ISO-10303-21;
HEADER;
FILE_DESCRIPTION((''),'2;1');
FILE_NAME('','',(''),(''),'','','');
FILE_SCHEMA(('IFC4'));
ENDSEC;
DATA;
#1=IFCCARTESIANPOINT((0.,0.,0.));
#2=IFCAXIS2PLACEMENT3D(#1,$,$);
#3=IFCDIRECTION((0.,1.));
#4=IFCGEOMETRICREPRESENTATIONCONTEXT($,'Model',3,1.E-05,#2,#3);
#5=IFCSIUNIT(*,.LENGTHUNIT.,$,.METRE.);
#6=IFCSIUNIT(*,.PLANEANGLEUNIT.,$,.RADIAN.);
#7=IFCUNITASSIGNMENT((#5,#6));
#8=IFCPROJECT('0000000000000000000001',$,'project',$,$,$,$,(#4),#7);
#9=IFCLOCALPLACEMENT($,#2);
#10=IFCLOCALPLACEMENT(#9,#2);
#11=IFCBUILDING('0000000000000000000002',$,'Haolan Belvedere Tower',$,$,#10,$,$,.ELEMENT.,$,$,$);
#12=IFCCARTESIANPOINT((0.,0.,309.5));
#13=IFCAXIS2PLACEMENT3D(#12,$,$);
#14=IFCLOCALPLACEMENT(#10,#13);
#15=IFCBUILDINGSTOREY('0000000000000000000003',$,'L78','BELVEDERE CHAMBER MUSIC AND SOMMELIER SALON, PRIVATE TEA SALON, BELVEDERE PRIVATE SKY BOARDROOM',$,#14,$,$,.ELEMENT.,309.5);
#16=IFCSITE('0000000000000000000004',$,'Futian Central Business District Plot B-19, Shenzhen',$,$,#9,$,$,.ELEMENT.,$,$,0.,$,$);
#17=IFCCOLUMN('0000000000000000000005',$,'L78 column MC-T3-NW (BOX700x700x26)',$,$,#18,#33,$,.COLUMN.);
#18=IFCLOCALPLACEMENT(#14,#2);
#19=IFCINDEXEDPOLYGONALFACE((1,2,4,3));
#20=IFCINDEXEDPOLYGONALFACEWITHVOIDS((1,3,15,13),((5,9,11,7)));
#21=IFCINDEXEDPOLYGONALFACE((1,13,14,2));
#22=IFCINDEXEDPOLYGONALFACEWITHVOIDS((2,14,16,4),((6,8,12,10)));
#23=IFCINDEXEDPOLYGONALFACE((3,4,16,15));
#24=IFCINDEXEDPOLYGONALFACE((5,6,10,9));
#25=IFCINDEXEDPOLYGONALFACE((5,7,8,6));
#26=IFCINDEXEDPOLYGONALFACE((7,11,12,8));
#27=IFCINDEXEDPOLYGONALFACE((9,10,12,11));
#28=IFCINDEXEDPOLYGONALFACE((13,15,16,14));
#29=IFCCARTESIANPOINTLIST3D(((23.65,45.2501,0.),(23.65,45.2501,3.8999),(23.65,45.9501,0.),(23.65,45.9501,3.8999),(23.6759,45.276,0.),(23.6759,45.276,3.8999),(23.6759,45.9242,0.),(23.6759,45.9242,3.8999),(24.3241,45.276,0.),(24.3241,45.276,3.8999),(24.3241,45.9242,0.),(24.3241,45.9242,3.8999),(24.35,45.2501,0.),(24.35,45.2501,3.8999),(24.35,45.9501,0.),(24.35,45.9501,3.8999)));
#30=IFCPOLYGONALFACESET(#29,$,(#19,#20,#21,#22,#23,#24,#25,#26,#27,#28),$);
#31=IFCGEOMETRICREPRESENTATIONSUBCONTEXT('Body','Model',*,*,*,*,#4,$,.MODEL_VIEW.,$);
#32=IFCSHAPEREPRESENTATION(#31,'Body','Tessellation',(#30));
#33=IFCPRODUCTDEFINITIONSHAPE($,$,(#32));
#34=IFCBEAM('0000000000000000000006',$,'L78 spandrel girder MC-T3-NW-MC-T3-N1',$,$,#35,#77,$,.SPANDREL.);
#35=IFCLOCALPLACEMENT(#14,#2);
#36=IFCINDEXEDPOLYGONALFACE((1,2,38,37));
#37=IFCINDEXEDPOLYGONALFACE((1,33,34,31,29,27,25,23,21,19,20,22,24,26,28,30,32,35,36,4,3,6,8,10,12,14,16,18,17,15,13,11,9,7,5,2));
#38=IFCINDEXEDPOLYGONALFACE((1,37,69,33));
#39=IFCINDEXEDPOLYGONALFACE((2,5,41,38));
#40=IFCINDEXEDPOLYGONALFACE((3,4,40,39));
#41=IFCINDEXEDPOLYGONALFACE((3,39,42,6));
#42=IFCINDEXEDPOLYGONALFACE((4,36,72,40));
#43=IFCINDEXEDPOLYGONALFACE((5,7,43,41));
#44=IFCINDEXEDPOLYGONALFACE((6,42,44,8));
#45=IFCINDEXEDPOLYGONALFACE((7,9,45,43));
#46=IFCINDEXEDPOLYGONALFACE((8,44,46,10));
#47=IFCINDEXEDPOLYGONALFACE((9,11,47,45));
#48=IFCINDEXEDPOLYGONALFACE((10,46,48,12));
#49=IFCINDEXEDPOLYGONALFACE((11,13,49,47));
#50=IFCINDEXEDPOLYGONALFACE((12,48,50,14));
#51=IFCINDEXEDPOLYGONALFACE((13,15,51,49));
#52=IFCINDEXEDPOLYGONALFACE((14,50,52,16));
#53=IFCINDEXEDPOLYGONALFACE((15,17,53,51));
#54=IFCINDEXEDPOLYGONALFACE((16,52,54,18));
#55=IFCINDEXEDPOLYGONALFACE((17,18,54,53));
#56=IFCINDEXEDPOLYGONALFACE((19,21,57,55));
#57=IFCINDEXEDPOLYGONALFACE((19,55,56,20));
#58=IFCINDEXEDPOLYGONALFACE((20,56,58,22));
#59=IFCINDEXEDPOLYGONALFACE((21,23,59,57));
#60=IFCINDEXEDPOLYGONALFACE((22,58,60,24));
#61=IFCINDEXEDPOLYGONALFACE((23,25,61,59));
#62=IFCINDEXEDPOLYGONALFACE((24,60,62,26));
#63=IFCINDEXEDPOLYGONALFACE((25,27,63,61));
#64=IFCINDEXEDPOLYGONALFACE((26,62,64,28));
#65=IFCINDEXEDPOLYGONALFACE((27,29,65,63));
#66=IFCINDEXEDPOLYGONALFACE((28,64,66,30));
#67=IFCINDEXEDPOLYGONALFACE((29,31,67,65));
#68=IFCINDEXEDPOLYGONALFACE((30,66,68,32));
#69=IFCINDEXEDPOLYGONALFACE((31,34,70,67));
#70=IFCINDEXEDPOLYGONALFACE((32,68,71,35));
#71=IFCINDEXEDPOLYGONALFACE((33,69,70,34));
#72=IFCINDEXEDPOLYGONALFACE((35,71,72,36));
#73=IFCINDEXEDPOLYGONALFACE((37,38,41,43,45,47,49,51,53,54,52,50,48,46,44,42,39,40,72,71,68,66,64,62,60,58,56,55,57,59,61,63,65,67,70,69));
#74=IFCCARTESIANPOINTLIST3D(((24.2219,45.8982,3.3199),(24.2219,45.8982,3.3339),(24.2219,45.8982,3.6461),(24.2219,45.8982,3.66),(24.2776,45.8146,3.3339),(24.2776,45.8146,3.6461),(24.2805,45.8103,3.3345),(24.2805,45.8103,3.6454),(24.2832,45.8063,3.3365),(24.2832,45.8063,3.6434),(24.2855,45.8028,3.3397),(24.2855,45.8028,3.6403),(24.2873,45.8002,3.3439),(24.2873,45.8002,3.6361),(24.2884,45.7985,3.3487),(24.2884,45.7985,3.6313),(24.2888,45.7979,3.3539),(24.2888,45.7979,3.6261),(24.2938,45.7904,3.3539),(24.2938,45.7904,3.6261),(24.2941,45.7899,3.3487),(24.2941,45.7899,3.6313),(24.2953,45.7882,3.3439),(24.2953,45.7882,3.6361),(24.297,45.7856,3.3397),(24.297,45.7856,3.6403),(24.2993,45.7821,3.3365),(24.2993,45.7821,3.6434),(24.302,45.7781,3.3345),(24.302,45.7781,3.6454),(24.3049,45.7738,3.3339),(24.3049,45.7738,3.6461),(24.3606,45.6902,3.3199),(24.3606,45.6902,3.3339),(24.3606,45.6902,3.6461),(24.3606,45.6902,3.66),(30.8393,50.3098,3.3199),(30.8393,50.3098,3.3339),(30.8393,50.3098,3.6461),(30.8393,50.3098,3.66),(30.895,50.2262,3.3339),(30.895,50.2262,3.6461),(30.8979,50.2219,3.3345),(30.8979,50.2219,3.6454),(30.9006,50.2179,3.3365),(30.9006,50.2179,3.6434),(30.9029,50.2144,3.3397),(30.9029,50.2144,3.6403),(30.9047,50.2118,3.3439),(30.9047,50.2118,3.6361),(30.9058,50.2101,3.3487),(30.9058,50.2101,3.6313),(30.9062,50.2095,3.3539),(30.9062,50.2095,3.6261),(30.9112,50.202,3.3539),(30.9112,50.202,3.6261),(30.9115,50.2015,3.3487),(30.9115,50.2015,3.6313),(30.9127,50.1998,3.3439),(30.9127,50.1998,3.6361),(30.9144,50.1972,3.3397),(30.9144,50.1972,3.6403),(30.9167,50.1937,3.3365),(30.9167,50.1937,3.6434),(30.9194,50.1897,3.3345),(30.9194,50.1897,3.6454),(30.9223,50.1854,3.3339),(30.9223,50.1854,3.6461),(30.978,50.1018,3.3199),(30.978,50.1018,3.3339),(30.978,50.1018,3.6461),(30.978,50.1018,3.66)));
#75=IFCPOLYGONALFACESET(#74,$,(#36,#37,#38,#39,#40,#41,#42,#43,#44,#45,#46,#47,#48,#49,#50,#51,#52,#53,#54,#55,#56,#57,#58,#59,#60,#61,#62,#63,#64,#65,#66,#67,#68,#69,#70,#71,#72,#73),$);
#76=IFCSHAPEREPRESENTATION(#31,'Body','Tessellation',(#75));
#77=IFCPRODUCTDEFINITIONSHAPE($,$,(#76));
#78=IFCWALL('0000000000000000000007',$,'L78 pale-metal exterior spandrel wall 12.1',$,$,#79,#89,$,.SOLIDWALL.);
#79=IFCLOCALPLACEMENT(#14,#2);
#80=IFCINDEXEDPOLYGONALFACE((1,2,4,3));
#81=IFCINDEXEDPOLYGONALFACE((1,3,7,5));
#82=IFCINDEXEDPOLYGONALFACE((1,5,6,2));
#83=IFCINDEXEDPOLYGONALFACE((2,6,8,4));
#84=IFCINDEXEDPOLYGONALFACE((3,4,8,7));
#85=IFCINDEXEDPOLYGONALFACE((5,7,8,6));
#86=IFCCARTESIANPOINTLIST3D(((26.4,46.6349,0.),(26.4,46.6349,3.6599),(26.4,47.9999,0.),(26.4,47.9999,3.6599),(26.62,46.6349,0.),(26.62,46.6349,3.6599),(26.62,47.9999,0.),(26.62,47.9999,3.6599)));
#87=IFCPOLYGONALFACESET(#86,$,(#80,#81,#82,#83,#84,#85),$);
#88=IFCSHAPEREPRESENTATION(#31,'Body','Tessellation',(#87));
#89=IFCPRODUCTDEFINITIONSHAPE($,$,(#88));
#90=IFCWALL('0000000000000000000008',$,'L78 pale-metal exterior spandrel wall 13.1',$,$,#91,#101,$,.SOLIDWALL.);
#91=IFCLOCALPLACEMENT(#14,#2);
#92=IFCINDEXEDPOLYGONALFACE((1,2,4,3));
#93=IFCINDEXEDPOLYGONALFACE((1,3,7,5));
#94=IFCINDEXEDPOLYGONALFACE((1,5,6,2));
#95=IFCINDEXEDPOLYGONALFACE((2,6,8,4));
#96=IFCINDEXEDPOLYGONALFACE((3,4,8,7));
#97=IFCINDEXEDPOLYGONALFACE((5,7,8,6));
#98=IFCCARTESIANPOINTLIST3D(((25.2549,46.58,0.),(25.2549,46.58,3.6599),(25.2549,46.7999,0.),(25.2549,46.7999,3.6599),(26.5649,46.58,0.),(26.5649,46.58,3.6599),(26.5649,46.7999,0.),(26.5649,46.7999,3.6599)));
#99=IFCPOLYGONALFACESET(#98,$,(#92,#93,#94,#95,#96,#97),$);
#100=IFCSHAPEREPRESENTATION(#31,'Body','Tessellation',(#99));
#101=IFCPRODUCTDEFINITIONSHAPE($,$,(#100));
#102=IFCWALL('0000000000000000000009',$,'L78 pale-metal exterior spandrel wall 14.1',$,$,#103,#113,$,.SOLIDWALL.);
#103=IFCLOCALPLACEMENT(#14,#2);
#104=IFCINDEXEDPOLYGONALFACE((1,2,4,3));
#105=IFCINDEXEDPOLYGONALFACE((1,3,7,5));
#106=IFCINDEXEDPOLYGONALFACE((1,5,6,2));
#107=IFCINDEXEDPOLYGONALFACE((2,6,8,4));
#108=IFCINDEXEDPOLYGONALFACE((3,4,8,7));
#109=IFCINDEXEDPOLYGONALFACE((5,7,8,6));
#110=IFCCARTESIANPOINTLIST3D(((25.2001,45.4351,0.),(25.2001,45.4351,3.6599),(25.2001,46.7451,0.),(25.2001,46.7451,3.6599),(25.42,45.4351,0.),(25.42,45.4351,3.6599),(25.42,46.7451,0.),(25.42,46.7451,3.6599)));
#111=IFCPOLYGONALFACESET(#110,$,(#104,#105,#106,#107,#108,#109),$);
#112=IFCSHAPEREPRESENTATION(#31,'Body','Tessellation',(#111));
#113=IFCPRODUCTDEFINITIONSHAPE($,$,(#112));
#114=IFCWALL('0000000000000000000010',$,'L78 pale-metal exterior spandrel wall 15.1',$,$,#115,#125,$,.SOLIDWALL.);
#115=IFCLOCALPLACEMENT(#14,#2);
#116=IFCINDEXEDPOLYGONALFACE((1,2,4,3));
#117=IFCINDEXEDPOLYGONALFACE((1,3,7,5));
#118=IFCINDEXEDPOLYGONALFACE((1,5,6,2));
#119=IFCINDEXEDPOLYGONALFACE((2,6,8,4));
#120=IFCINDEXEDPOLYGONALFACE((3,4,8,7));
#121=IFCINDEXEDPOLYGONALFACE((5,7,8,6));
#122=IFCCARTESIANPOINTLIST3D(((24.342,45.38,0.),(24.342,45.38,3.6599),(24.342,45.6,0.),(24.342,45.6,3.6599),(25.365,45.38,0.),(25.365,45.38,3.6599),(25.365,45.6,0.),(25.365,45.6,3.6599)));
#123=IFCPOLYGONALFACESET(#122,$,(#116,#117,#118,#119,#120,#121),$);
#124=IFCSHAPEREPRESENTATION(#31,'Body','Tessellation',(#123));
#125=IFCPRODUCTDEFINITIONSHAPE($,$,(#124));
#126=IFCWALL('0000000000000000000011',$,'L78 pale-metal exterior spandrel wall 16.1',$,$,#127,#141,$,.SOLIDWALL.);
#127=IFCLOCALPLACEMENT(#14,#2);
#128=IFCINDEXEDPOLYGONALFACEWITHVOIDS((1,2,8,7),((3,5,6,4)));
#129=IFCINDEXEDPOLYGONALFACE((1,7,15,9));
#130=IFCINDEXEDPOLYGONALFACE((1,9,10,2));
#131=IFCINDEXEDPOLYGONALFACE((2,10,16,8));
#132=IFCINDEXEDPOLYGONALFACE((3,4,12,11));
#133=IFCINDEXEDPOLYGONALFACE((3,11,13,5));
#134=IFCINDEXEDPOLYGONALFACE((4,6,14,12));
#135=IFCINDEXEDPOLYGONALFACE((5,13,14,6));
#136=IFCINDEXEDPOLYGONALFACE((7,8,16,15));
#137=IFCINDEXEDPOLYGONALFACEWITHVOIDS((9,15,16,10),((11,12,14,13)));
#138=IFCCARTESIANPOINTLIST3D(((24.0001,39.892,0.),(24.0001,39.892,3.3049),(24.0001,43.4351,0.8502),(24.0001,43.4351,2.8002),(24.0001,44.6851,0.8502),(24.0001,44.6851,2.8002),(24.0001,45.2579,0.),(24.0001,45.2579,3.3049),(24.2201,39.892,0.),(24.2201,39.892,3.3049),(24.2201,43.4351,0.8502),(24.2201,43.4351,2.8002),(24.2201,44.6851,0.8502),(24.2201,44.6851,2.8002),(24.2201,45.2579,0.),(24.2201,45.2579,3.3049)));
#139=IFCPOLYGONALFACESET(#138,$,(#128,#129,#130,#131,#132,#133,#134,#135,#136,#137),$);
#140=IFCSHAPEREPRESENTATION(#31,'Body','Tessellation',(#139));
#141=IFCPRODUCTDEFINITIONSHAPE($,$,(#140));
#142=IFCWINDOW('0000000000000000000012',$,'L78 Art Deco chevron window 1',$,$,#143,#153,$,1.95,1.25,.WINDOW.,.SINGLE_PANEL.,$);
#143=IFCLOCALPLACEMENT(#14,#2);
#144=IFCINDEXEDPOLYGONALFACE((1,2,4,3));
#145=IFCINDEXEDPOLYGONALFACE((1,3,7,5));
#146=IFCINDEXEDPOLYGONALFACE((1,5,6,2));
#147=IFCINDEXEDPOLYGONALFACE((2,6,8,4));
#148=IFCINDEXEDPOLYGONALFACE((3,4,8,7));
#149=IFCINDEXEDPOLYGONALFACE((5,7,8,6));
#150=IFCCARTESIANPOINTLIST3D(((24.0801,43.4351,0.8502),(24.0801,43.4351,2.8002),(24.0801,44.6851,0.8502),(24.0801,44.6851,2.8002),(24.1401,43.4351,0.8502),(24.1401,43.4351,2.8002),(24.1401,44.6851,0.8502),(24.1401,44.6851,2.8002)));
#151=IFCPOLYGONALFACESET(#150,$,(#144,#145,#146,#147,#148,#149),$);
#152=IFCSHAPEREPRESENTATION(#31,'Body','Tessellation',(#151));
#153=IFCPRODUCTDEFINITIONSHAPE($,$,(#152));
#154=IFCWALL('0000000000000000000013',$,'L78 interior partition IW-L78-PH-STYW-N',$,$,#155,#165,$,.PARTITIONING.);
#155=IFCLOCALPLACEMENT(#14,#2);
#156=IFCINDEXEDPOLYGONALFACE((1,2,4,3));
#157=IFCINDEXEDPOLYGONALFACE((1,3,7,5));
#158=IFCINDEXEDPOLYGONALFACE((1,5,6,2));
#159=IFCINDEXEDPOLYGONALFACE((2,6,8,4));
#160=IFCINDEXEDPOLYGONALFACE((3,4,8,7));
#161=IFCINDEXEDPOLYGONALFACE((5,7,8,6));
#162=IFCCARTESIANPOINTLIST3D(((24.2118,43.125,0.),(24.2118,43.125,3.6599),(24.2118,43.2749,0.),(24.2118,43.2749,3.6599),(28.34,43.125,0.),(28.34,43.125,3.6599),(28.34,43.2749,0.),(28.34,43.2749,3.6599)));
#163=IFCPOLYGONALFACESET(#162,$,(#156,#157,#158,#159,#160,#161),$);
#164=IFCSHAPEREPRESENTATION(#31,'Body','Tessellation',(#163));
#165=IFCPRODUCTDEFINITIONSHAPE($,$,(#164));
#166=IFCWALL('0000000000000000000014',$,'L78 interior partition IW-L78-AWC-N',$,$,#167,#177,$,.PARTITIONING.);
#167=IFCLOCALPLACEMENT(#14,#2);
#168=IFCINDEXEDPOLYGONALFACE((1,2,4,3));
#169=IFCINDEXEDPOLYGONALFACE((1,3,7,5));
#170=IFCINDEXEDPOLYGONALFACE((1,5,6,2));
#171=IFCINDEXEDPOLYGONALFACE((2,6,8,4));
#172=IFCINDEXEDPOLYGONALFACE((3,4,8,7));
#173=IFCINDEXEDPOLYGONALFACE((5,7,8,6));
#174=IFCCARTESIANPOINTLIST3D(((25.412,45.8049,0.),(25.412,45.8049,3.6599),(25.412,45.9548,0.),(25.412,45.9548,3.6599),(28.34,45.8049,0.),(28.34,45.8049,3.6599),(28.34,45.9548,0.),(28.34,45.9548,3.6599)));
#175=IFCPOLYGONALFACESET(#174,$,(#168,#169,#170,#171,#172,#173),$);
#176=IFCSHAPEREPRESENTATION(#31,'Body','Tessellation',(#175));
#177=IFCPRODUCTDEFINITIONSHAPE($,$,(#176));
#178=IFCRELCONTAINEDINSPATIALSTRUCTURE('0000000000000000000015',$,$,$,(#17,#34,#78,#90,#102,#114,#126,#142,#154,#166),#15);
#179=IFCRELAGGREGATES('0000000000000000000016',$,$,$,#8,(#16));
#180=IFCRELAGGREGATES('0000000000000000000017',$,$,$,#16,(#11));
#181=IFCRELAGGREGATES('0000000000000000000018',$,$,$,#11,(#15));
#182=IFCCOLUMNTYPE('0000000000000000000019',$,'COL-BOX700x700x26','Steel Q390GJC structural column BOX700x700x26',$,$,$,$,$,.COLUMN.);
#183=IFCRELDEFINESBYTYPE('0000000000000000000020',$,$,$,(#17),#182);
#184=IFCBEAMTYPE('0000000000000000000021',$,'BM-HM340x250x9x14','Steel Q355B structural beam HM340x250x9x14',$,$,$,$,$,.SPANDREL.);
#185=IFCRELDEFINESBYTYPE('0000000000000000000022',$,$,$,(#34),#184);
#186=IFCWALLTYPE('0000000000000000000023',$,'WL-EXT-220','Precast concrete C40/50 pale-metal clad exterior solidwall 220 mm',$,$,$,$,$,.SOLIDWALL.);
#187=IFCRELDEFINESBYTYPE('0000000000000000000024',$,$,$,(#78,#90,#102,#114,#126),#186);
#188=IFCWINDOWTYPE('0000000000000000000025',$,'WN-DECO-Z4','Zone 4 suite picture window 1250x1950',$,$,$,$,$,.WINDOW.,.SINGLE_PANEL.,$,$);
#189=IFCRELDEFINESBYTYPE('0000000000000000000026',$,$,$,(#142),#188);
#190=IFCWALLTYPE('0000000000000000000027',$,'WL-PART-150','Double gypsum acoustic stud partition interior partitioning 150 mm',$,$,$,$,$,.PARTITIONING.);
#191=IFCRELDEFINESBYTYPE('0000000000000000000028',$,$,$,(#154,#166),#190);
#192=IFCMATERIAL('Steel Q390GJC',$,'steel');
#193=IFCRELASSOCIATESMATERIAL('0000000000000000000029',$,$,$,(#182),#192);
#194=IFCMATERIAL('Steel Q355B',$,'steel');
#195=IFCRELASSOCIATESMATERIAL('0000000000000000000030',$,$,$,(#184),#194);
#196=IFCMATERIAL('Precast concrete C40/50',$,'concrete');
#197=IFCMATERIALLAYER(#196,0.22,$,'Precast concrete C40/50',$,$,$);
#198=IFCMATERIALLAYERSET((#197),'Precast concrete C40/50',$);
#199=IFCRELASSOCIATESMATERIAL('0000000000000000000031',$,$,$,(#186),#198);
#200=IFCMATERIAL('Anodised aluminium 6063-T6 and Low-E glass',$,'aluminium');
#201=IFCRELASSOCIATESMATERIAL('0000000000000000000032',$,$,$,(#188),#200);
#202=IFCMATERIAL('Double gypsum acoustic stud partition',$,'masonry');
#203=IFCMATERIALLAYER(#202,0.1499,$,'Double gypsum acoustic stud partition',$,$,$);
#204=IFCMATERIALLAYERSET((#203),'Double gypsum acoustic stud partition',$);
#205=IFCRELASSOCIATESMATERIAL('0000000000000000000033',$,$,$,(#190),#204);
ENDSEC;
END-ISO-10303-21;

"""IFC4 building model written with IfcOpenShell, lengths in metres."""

from ifc_helpers import new_model, si_unit, direction, frame, frame_2d, origin, origin_2d, place, context, subcontext, project, spatial, rectangle, hollow_rectangle, i_section, extrude, material, layer, layer_set, material_profile, profile_set, type_object, element, fill, save


model = new_model("IFC4")

# Units and contexts
model_context = context("Model", 3, precision=1e-05, world=origin(), true_north=direction((0.0, 1.0)))
body_context = subcontext(model_context, "Body", "Model", "MODEL_VIEW")
ifc_project = project(units=[si_unit("LENGTHUNIT", "METRE"), si_unit("PLANEANGLEUNIT", "RADIAN")], contexts=[model_context])

# Site, building, storey
site_placement = place(None, origin())
site = spatial("IfcSite", under=ifc_project, at=site_placement, Name="Futian Central Business District Plot B-19, Shenzhen", CompositionType="ELEMENT", RefElevation=0.0)
building_placement = place(site_placement, origin())
building = spatial("IfcBuilding", under=site, at=building_placement, Name="Haolan Belvedere Tower", CompositionType="ELEMENT")
storey_placement = place(building_placement, frame((0.0, 0.0, 309.5)))
storey = spatial("IfcBuildingStorey", under=building, at=storey_placement, Name="L78", Description="BELVEDERE CHAMBER MUSIC AND SOMMELIER SALON, PRIVATE TEA SALON, BELVEDERE PRIVATE SKY BOARDROOM", CompositionType="ELEMENT", Elevation=309.5)

# Column
ifc_material_1 = material(Name="Steel Q390GJC", Category="steel")
ifc_material_profile_1 = material_profile(ifc_material_1, hollow_rectangle(XDim=0.7, YDim=0.7, WallThickness=0.0259, at=origin_2d()), Name="Steel Q390GJC")
ifc_profile_set_1 = profile_set([ifc_material_profile_1], Name="Steel Q390GJC")
column_type = type_object("IfcColumnType", Name="COL-BOX700x700x26", Description="Steel Q390GJC structural column BOX700x700x26", PredefinedType="COLUMN", material=ifc_profile_set_1)
column_placement = place(storey_placement, frame((24.0, 45.6001, 0.0), z_axis=(0.0, 0.0, 1.0), x_axis=(1.0, 0.0, 0.0)))
element("IfcColumn", 1, at=column_placement, inside=storey, type_object=column_type, Name="L78 column MC-T3-NW (BOX700x700x26)", PredefinedType="COLUMN", context=body_context, shape_type="SweptSolid", body=[
    extrude(hollow_rectangle(XDim=0.7, YDim=0.7, WallThickness=0.0259, at=origin_2d()), origin(), (0.0, 0.0, 1.0), 3.8999),
])

# Beam
ifc_material_2 = material(Name="Steel Q355B", Category="steel")
ifc_material_profile_2 = material_profile(ifc_material_2, i_section(OverallWidth=0.25, OverallDepth=0.3401, WebThickness=0.009, FlangeThickness=0.0139, FilletRadius=0.02, at=origin_2d()), Name="Steel Q355B")
ifc_profile_set_2 = profile_set([ifc_material_profile_2], Name="Steel Q355B")
beam_type = type_object("IfcBeamType", Name="BM-HM340x250x9x14", Description="Steel Q355B structural beam HM340x250x9x14", PredefinedType="SPANDREL", material=ifc_profile_set_2)
beam_placement = place(storey_placement, frame((24.2913, 45.7942, 3.49), z_axis=(0.83205, 0.5547, 0.0), x_axis=(-0.5547, 0.83205, 0.0)))
element("IfcBeam", 2, at=beam_placement, inside=storey, type_object=beam_type, Name="L78 spandrel girder MC-T3-NW-MC-T3-N1", PredefinedType="SPANDREL", context=body_context, shape_type="SweptSolid", body=[
    extrude(i_section(OverallWidth=0.25, OverallDepth=0.3401, WebThickness=0.009, FlangeThickness=0.0139, FilletRadius=0.02, at=origin_2d()), origin(), (0.0, 0.0, 1.0), 7.9531),
])

# Walls
ifc_material_3 = material(Name="Precast concrete C40/50", Category="concrete")
ifc_layer_1 = layer(ifc_material_3, 0.22, Name="Precast concrete C40/50")
ifc_layer_set_1 = layer_set([ifc_layer_1], Name="Precast concrete C40/50")
wall_type_1 = type_object("IfcWallType", Name="WL-EXT-220", Description="Precast concrete C40/50 pale-metal clad exterior solidwall 220 mm", PredefinedType="SOLIDWALL", material=ifc_layer_set_1)
wall_1_placement = place(storey_placement, frame((26.51, 48.0, 0.0), z_axis=(0.0, 0.0, 1.0), x_axis=(0.0, -1.0, 0.0)))
element("IfcWall", 3, at=wall_1_placement, inside=storey, type_object=wall_type_1, Name="L78 pale-metal exterior spandrel wall 12.1", PredefinedType="SOLIDWALL", context=body_context, shape_type="SweptSolid", body=[
    extrude(rectangle(XDim=1.365, YDim=0.22, at=frame_2d((0.6826, 0.0))), origin(), (0.0, 0.0, 1.0), 3.6599),
])
for number, where, z_axis, x_axis, name in (
    (4, (26.5649, 46.6899, 0.0), (0.0, 0.0, 1.0), (-1.0, 0.0, 0.0), "L78 pale-metal exterior spandrel wall 13.1"),
    (5, (25.3101, 46.7451, 0.0), (0.0, 0.0, 1.0), (0.0, -1.0, 0.0), "L78 pale-metal exterior spandrel wall 14.1"),
):
    element("IfcWall", number, at=place(storey_placement, frame(where, z_axis=z_axis, x_axis=x_axis)), inside=storey, type_object=wall_type_1, Name=name, PredefinedType="SOLIDWALL", context=body_context, shape_type="SweptSolid", body=[
        extrude(rectangle(XDim=1.3101, YDim=0.22, at=frame_2d((0.655, 0.0))), origin(), (0.0, 0.0, 1.0), 3.6599),
    ])
wall_2_placement = place(storey_placement, frame((25.365, 45.49, 0.0), z_axis=(0.0, 0.0, 1.0), x_axis=(-1.0, 0.0, 0.0)))
element("IfcWall", 6, at=wall_2_placement, inside=storey, type_object=wall_type_1, Name="L78 pale-metal exterior spandrel wall 15.1", PredefinedType="SOLIDWALL", context=body_context, shape_type="SweptSolid", body=[
    extrude(rectangle(XDim=1.0229, YDim=0.22, at=frame_2d((0.5115, 0.0))), origin(), (0.0, 0.0, 1.0), 3.6599),
])

# Wall, opening, window
wall_3_placement = place(storey_placement, frame((24.1101, 45.2581, 0.0), z_axis=(0.0, 0.0, 1.0), x_axis=(0.0, -1.0, 0.0)))
wall_3 = element("IfcWall", 7, at=wall_3_placement, inside=storey, type_object=wall_type_1, Name="L78 pale-metal exterior spandrel wall 16.1", PredefinedType="SOLIDWALL", context=body_context, shape_type="SweptSolid", body=[
    extrude(rectangle(XDim=5.366, YDim=0.22, at=frame_2d((2.6831, 0.0))), origin(), (0.0, 0.0, 1.0), 3.3049),
])
opening_placement = place(wall_3_placement, frame((0.573, 0.0, 0.8501)))
opening = element("IfcOpeningElement", 8, at=opening_placement, cuts=wall_3, PredefinedType="OPENING", context=body_context, shape_type="SweptSolid", body=[
    extrude(rectangle(XDim=1.25, YDim=1.95, at=frame_2d((0.625, 0.9751))), frame((0.0, 0.1199, 0.0), z_axis=(0.0, -1.0, 0.0), x_axis=(1.0, 0.0, 0.0)), (0.0, 0.0, 1.0), 0.24),
])
ifc_material_4 = material(Name="Anodised aluminium 6063-T6 and Low-E glass", Category="aluminium")
window_type = type_object("IfcWindowType", Name="WN-DECO-Z4", Description="Zone 4 suite picture window 1250x1950", PartitioningType="SINGLE_PANEL", PredefinedType="WINDOW", material=ifc_material_4)
window_placement = place(opening_placement, origin())
window = element("IfcWindow", 9, at=window_placement, inside=storey, type_object=window_type, Name="L78 Art Deco chevron window 1", OverallHeight=1.95, OverallWidth=1.25, PartitioningType="SINGLE_PANEL", PredefinedType="WINDOW", context=body_context, shape_type="SweptSolid", body=[
    extrude(rectangle(XDim=1.25, YDim=1.95, at=frame_2d((0.625, 0.9751))), frame((0.0, 0.03, 0.0), z_axis=(0.0, -1.0, 0.0), x_axis=(1.0, 0.0, 0.0)), (0.0, 0.0, 1.0), 0.0601),
])
fill(opening, window)

# Walls
ifc_material_5 = material(Name="Double gypsum acoustic stud partition", Category="masonry")
ifc_layer_2 = layer(ifc_material_5, 0.1499, Name="Double gypsum acoustic stud partition")
ifc_layer_set_2 = layer_set([ifc_layer_2], Name="Double gypsum acoustic stud partition")
wall_type_2 = type_object("IfcWallType", Name="WL-PART-150", Description="Double gypsum acoustic stud partition interior partitioning 150 mm", PredefinedType="PARTITIONING", material=ifc_layer_set_2)
wall_4_placement = place(storey_placement, frame((24.2119, 43.2, 0.0), z_axis=(0.0, 0.0, 1.0), x_axis=(1.0, 0.0, 0.0)))
element("IfcWall", 10, at=wall_4_placement, inside=storey, type_object=wall_type_2, Name="L78 interior partition IW-L78-PH-STYW-N", PredefinedType="PARTITIONING", context=body_context, shape_type="SweptSolid", body=[
    extrude(rectangle(XDim=4.1282, YDim=0.1499, at=frame_2d((2.064, 0.0))), origin(), (0.0, 0.0, 1.0), 3.6599),
])
wall_5_placement = place(storey_placement, frame((25.4121, 45.8799, 0.0), z_axis=(0.0, 0.0, 1.0), x_axis=(1.0, 0.0, 0.0)))
element("IfcWall", 11, at=wall_5_placement, inside=storey, type_object=wall_type_2, Name="L78 interior partition IW-L78-AWC-N", PredefinedType="PARTITIONING", context=body_context, shape_type="SweptSolid", body=[
    extrude(rectangle(XDim=2.928, YDim=0.1499, at=frame_2d((1.4639, 0.0))), origin(), (0.0, 0.0, 1.0), 3.6599),
])

save(model, "model.ifc")
